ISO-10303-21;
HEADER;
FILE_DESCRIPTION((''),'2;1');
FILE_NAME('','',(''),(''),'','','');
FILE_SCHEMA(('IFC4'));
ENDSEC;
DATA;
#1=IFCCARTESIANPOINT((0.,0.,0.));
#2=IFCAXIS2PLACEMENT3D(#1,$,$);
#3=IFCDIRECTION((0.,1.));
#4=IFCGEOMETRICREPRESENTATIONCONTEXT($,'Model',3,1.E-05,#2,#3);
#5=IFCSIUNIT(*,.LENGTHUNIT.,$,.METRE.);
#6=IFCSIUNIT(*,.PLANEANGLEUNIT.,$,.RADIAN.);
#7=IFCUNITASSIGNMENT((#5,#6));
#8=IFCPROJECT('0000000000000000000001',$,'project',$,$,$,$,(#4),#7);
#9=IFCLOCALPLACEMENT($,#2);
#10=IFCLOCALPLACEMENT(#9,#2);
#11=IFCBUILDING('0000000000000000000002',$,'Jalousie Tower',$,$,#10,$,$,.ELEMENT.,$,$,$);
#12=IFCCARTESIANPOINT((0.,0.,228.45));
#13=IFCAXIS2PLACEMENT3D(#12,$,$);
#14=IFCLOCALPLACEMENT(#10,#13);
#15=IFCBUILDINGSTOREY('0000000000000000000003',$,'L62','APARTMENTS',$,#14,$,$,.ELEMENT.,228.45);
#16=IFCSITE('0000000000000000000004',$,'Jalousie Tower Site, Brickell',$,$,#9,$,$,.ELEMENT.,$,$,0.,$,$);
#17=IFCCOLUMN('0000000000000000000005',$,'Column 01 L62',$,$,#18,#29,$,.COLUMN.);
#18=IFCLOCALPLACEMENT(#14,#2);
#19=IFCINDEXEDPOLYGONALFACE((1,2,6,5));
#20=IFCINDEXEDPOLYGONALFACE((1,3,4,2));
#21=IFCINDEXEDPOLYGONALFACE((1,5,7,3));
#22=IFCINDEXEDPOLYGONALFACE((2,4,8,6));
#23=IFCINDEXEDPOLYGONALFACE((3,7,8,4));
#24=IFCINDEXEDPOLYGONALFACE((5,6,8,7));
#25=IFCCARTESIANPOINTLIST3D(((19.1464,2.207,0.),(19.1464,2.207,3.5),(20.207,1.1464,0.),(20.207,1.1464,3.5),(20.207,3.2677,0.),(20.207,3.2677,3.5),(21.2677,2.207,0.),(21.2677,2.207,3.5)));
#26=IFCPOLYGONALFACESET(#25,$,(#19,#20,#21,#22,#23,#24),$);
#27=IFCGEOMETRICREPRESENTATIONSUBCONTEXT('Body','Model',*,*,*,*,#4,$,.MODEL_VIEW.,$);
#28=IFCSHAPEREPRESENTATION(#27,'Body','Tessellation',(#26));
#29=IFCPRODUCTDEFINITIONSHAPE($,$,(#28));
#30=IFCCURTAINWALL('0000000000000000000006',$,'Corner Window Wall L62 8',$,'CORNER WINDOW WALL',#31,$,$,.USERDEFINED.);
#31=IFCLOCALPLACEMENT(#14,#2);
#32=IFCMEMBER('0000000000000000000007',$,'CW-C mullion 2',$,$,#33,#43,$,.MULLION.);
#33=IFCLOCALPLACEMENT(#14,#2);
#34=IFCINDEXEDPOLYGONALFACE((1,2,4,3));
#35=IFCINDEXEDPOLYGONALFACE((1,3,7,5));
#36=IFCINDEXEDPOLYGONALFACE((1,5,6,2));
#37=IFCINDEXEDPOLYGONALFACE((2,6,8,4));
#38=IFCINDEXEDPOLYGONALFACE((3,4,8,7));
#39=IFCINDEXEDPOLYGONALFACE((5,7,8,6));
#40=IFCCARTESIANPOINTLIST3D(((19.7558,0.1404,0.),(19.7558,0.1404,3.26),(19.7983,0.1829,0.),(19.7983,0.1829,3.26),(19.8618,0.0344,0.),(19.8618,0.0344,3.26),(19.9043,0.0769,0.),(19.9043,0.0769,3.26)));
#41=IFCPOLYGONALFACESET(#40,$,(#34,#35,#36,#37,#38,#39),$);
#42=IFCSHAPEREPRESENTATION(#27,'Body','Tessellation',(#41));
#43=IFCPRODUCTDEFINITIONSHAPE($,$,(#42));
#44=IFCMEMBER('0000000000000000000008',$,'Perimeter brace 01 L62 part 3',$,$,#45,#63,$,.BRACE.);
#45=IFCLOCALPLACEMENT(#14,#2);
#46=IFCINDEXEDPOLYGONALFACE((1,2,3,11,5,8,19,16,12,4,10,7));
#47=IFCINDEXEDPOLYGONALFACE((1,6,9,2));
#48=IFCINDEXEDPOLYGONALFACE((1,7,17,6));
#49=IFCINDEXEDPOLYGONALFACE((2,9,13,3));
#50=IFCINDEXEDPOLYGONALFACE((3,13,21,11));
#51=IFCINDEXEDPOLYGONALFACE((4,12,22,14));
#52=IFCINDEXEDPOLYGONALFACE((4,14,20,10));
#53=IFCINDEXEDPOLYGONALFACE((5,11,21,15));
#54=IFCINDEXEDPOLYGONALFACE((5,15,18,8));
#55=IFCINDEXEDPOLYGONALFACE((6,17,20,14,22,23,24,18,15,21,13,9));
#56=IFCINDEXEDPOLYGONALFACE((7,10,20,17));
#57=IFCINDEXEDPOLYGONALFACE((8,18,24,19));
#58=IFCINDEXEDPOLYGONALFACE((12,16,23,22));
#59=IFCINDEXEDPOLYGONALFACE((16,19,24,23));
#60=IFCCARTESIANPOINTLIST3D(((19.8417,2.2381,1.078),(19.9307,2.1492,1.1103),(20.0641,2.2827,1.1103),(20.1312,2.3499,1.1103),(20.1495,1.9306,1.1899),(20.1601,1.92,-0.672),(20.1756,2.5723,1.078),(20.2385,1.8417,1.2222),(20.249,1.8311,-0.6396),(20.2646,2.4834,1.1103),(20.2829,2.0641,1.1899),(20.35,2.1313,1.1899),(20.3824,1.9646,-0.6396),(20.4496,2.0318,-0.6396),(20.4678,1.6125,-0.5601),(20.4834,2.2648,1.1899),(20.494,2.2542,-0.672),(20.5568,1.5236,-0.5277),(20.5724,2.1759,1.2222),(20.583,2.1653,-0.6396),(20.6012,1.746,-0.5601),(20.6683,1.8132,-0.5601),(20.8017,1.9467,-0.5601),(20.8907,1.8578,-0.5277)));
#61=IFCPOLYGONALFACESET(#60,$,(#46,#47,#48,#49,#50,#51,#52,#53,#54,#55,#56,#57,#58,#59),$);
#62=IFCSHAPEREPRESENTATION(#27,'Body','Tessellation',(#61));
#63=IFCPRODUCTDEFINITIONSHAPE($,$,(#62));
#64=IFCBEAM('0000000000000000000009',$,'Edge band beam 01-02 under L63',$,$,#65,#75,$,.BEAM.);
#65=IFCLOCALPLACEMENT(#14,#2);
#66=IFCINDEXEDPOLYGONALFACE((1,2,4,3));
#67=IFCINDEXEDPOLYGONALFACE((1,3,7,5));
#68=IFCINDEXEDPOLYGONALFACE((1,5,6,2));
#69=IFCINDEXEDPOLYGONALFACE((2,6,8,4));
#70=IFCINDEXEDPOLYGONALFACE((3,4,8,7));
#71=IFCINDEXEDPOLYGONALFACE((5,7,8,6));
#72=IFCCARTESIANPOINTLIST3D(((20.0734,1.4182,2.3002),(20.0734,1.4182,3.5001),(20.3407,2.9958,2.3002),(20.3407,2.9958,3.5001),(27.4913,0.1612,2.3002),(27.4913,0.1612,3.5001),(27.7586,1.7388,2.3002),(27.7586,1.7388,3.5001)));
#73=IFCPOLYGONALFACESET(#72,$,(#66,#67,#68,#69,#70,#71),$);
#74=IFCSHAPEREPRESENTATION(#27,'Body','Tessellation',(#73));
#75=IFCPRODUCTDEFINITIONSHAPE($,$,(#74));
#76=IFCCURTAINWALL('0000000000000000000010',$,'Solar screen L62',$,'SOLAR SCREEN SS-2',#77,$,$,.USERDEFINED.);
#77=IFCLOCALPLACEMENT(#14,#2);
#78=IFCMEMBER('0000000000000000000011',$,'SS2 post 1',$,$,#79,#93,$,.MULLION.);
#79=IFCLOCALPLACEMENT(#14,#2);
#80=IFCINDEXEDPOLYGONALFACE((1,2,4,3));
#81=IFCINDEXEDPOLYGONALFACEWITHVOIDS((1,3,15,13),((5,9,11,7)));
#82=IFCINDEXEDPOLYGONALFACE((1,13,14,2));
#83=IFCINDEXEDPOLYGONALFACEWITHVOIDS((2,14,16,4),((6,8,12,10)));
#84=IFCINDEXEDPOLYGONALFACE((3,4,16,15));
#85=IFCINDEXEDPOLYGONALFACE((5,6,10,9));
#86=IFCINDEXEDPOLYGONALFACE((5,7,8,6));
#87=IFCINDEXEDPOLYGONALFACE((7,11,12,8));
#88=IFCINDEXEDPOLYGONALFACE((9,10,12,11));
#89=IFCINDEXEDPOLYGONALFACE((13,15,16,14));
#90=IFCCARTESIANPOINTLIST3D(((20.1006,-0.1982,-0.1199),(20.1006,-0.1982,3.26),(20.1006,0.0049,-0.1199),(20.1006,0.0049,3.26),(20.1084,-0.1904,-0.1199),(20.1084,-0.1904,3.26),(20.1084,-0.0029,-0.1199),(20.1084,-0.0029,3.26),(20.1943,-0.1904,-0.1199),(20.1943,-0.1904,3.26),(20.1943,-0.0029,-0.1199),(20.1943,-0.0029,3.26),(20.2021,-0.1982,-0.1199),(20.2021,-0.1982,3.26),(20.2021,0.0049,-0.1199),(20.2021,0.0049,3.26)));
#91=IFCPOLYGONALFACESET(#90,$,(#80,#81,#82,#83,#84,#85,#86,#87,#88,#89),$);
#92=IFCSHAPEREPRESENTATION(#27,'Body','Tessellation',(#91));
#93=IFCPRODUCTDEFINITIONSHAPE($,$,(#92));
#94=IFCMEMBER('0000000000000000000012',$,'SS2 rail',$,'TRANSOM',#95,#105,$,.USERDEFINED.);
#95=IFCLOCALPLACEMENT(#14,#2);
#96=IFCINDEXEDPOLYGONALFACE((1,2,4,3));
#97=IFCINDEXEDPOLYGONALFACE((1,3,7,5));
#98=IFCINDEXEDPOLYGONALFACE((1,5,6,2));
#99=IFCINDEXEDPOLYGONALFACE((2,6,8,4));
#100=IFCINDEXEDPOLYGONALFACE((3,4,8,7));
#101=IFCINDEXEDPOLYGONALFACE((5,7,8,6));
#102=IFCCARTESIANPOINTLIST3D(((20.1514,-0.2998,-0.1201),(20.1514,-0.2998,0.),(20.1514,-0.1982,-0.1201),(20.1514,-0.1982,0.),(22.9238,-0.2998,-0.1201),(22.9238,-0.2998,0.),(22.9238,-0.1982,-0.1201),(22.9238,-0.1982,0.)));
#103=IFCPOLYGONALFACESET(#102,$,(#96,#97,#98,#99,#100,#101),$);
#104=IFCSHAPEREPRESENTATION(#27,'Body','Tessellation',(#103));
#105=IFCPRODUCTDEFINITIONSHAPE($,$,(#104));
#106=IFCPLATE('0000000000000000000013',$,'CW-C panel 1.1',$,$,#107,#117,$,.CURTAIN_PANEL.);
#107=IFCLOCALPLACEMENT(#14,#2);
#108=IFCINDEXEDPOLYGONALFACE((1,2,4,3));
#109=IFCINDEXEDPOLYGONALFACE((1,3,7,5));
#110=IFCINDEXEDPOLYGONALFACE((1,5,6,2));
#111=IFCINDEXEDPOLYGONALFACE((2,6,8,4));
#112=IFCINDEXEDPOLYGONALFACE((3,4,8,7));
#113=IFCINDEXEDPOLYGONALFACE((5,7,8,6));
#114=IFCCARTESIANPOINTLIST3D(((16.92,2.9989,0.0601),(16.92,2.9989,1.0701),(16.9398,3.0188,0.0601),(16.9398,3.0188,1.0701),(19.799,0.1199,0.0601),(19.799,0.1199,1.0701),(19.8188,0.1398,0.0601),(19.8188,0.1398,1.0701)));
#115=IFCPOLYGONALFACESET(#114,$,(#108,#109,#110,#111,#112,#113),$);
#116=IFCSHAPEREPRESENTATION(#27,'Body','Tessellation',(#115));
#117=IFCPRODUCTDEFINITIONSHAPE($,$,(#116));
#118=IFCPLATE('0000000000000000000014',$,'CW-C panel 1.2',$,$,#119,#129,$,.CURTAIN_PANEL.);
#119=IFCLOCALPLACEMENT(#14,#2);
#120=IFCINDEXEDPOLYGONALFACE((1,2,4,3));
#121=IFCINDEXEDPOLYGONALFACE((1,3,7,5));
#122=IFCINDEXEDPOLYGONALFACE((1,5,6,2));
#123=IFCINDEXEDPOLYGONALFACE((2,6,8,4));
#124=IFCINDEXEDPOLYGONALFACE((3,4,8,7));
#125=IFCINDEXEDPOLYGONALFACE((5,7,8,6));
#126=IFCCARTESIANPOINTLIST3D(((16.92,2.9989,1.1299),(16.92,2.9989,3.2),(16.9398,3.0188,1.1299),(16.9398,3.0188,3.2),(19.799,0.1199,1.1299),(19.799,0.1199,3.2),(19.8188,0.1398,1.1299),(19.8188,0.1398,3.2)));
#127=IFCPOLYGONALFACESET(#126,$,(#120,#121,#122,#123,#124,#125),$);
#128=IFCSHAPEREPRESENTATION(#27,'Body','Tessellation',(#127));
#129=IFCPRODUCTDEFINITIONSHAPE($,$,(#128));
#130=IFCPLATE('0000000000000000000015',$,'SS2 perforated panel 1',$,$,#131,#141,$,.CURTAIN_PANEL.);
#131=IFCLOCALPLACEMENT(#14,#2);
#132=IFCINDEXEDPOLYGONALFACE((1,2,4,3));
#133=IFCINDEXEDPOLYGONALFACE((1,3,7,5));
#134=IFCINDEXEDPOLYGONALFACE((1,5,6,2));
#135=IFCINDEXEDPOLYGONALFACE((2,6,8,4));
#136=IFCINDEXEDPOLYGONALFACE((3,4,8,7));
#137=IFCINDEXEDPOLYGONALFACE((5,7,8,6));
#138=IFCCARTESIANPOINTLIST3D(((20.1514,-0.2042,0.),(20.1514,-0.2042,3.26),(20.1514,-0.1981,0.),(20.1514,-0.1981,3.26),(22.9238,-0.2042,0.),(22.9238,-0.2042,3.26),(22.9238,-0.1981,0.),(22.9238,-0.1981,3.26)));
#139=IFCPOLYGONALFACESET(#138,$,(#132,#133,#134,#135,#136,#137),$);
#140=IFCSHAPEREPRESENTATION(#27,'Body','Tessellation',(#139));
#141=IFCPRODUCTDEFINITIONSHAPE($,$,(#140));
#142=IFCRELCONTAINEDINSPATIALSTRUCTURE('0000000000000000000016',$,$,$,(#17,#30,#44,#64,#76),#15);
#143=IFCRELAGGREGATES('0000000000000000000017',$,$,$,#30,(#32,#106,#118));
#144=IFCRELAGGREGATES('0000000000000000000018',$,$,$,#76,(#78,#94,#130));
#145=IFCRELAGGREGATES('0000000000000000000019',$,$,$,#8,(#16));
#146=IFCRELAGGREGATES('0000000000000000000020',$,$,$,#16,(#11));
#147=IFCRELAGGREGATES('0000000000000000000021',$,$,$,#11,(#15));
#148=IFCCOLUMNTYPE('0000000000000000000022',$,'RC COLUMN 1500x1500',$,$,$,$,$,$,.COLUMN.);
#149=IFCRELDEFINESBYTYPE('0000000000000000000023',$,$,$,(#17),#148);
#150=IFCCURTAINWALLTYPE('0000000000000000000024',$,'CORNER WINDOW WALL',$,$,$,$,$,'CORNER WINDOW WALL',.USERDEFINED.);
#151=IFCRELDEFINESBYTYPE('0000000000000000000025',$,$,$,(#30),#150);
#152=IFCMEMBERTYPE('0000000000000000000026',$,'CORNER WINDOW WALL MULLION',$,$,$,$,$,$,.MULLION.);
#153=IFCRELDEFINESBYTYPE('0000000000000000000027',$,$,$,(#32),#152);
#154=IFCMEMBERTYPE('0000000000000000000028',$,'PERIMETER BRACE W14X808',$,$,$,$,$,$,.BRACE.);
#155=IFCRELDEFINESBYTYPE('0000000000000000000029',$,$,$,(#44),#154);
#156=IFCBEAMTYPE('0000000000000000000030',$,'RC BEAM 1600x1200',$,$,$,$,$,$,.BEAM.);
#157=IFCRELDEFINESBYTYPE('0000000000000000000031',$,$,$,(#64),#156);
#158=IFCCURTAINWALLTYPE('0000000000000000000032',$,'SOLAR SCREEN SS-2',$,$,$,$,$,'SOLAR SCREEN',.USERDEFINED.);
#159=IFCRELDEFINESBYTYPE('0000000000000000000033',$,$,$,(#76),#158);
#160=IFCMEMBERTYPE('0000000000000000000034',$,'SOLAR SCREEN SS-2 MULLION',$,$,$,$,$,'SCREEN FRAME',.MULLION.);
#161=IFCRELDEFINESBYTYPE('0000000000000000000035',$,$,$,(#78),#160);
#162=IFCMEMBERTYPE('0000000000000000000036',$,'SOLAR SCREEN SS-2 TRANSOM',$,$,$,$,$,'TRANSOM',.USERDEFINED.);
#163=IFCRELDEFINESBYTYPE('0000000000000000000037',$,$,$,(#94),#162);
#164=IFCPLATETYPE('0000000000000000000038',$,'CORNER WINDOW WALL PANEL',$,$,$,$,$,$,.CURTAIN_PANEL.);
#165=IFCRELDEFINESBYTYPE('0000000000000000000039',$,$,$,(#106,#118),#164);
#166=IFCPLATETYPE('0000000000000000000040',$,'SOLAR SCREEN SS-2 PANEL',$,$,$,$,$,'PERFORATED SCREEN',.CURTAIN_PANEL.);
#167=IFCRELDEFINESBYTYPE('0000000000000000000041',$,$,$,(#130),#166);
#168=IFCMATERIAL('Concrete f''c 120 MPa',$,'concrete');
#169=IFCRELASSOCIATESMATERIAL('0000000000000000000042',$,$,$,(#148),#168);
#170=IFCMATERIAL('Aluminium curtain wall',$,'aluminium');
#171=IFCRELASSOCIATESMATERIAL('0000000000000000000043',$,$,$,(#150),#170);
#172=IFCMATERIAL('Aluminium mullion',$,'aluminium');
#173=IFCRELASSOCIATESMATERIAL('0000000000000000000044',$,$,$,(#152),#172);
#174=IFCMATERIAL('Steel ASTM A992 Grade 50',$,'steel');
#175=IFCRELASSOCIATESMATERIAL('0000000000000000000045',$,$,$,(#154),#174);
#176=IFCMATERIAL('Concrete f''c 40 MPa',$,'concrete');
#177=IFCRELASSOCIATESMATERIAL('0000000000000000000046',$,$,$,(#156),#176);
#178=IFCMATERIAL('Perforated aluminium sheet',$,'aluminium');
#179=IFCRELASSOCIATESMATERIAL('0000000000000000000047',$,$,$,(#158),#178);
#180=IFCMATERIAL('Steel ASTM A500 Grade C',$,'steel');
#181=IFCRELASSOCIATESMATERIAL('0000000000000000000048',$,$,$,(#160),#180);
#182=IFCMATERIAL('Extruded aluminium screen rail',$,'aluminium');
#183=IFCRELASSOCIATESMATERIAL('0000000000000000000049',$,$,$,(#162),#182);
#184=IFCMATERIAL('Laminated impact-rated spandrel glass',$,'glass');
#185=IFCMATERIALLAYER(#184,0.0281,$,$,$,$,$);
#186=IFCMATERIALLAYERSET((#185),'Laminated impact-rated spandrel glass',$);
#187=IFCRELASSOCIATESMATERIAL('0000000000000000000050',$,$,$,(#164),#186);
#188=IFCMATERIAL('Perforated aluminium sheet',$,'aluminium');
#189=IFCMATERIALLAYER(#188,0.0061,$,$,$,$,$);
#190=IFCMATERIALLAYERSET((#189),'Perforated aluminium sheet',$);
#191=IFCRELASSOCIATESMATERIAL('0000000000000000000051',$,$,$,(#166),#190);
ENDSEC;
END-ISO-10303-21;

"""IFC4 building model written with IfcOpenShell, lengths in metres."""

from ifc_helpers import new_model, si_unit, direction, frame, origin, origin_2d, place, context, subcontext, project, spatial, rectangle, hollow_rectangle, i_section, extrude, material, layer, layer_set, material_profile, profile_set, type_object, element, aggregate, save


model = new_model("IFC4")

# Units and contexts
model_context = context("Model", 3, precision=1e-05, world=origin(), true_north=direction((0.0, 1.0)))
body_context = subcontext(model_context, "Body", "Model", "MODEL_VIEW")
ifc_project = project(units=[si_unit("LENGTHUNIT", "METRE"), si_unit("PLANEANGLEUNIT", "RADIAN")], contexts=[model_context])

# Site, building, storey
site_placement = place(None, origin())
site = spatial("IfcSite", under=ifc_project, at=site_placement, Name="Jalousie Tower Site, Brickell", CompositionType="ELEMENT", RefElevation=0.0)
building_placement = place(site_placement, origin())
building = spatial("IfcBuilding", under=site, at=building_placement, Name="Jalousie Tower", CompositionType="ELEMENT")
storey_placement = place(building_placement, frame((0.0, 0.0, 228.45)))
storey = spatial("IfcBuildingStorey", under=building, at=storey_placement, Name="L62", Description="APARTMENTS", CompositionType="ELEMENT", Elevation=228.45)

# Column
ifc_material_1 = material(Name="Concrete f'c 120 MPa", Category="concrete")
ifc_material_profile_1 = material_profile(ifc_material_1, rectangle(XDim=1.5, YDim=1.5, at=origin_2d()), Name="RC 1500x1500")
ifc_profile_set_1 = profile_set([ifc_material_profile_1], Name="Concrete f'c 120 MPa")
column_type = type_object("IfcColumnType", Name="RC COLUMN 1500x1500", PredefinedType="COLUMN", material=ifc_profile_set_1)
column_placement = place(storey_placement, frame((20.207, 2.207, 0.0), z_axis=(0.0, 0.0, 1.0), x_axis=(0.707107, 0.707107, 0.0)))
element("IfcColumn", 1, at=column_placement, inside=storey, type_object=column_type, Name="Column 01 L62", PredefinedType="COLUMN", context=body_context, shape_type="SweptSolid", body=[
    extrude(rectangle(XDim=1.5, YDim=1.5, at=origin_2d()), origin(), (0.0, 0.0, 1.0), 3.5),
])

# Curtain wall, member
ifc_material_2 = material(Name="Aluminium curtain wall", Category="aluminium")
curtain_wall_type_1 = type_object("IfcCurtainWallType", Name="CORNER WINDOW WALL", ElementType="CORNER WINDOW WALL", PredefinedType="USERDEFINED", material=ifc_material_2)
curtain_wall_1_placement = place(storey_placement, origin())
curtain_wall_1 = element("IfcCurtainWall", 2, at=curtain_wall_1_placement, inside=storey, type_object=curtain_wall_type_1, Name="Corner Window Wall L62 8", ObjectType="CORNER WINDOW WALL", PredefinedType="USERDEFINED")
ifc_material_3 = material(Name="Aluminium mullion", Category="aluminium")
ifc_material_profile_2 = material_profile(ifc_material_3, rectangle(XDim=0.0601, YDim=0.1499, at=origin_2d()), Name="MULLION 60x150")
ifc_profile_set_2 = profile_set([ifc_material_profile_2], Name="Aluminium mullion")
member_type_1 = type_object("IfcMemberType", Name="CORNER WINDOW WALL MULLION", PredefinedType="MULLION", material=ifc_profile_set_2)
member_1_placement = place(storey_placement, frame((19.8301, 0.1086, 0.0), z_axis=(0.0, 0.0, 1.0), x_axis=(0.707107, 0.707107, 0.0)))
member_1 = element("IfcMember", 3, at=member_1_placement, type_object=member_type_1, Name="CW-C mullion 2", PredefinedType="MULLION", context=body_context, shape_type="SweptSolid", body=[
    extrude(rectangle(XDim=0.0601, YDim=0.1499, at=origin_2d()), origin(), (0.0, 0.0, 1.0), 3.26),
])

# Member
ifc_material_4 = material(Name="Steel ASTM A992 Grade 50", Category="steel")
ifc_material_profile_3 = material_profile(ifc_material_4, i_section(OverallWidth=0.4724, OverallDepth=0.5791, WebThickness=0.095, FlangeThickness=0.1299, at=origin_2d()), Name="W14X808")
ifc_profile_set_3 = profile_set([ifc_material_profile_3], Name="Steel ASTM A992 Grade 50")
member_type_2 = type_object("IfcMemberType", Name="PERIMETER BRACE W14X808", PredefinedType="BRACE", material=ifc_profile_set_3)
member_2_placement = place(storey_placement, frame((20.5254, 1.8889, -0.5999), z_axis=(-0.176187, 0.176051, 0.968486), x_axis=(-0.706835, -0.707378, 0.0)))
element("IfcMember", 4, at=member_2_placement, inside=storey, type_object=member_type_2, Name="Perimeter brace 01 L62 part 3", PredefinedType="BRACE", context=body_context, shape_type="SweptSolid", body=[
    extrude(i_section(OverallWidth=0.4724, OverallDepth=0.5791, WebThickness=0.095, FlangeThickness=0.1299, at=origin_2d()), origin(), (0.0, 0.0, 1.0), 1.8069),
])

# Beam
ifc_material_5 = material(Name="Concrete f'c 40 MPa", Category="concrete")
ifc_material_profile_4 = material_profile(ifc_material_5, rectangle(XDim=1.6001, YDim=1.2, at=origin_2d()), Name="RC 1600x1200")
ifc_profile_set_4 = profile_set([ifc_material_profile_4], Name="Concrete f'c 40 MPa")
beam_type = type_object("IfcBeamType", Name="RC BEAM 1600x1200", PredefinedType="BEAM", material=ifc_profile_set_4)
beam_placement = place(storey_placement, frame((20.207, 2.207, 2.9001), z_axis=(0.985943, -0.167082, 0.0), x_axis=(0.167082, 0.985943, 0.0)))
element("IfcBeam", 5, at=beam_placement, inside=storey, type_object=beam_type, Name="Edge band beam 01-02 under L63", PredefinedType="BEAM", context=body_context, shape_type="SweptSolid", body=[
    extrude(rectangle(XDim=1.6001, YDim=1.2, at=origin_2d()), origin(), (0.0, 0.0, 1.0), 7.5237),
])

# Curtain wall, members
ifc_material_6 = material(Name="Perforated aluminium sheet", Category="aluminium")
curtain_wall_type_2 = type_object("IfcCurtainWallType", Name="SOLAR SCREEN SS-2", ElementType="SOLAR SCREEN", PredefinedType="USERDEFINED", material=ifc_material_6)
curtain_wall_2_placement = place(storey_placement, origin())
curtain_wall_2 = element("IfcCurtainWall", 6, at=curtain_wall_2_placement, inside=storey, type_object=curtain_wall_type_2, Name="Solar screen L62", ObjectType="SOLAR SCREEN SS-2", PredefinedType="USERDEFINED")
ifc_material_7 = material(Name="Steel ASTM A500 Grade C", Category="steel")
ifc_material_profile_5 = material_profile(ifc_material_7, hollow_rectangle(XDim=0.1016, YDim=0.2031, WallThickness=0.0078, at=origin_2d()), Name="HSS8X4X5/16")
ifc_profile_set_5 = profile_set([ifc_material_profile_5], Name="Steel ASTM A500 Grade C")
member_type_3 = type_object("IfcMemberType", Name="SOLAR SCREEN SS-2 MULLION", ElementType="SCREEN FRAME", PredefinedType="MULLION", material=ifc_profile_set_5)
member_3_placement = place(storey_placement, frame((20.1514, -0.0967, -0.1199), z_axis=(0.0, 0.0, 1.0), x_axis=(1.0, 0.0, 0.0)))
member_3 = element("IfcMember", 7, at=member_3_placement, type_object=member_type_3, Name="SS2 post 1", PredefinedType="MULLION", context=body_context, shape_type="SweptSolid", body=[
    extrude(hollow_rectangle(XDim=0.1016, YDim=0.2031, WallThickness=0.0078, at=origin_2d()), origin(), (0.0, 0.0, 1.0), 3.3799),
])
ifc_material_8 = material(Name="Extruded aluminium screen rail", Category="aluminium")
ifc_material_profile_6 = material_profile(ifc_material_8, rectangle(XDim=0.1016, YDim=0.1201, at=origin_2d()), Name="RAIL 102x120")
ifc_profile_set_6 = profile_set([ifc_material_profile_6], Name="Extruded aluminium screen rail")
member_type_4 = type_object("IfcMemberType", Name="SOLAR SCREEN SS-2 TRANSOM", ElementType="TRANSOM", PredefinedType="USERDEFINED", material=ifc_profile_set_6)
member_4_placement = place(storey_placement, frame((20.1514, -0.249, -0.0601), z_axis=(1.0, 0.0, 0.0), x_axis=(0.0, 1.0, 0.0)))
member_4 = element("IfcMember", 8, at=member_4_placement, type_object=member_type_4, Name="SS2 rail", ObjectType="TRANSOM", PredefinedType="USERDEFINED", context=body_context, shape_type="SweptSolid", body=[
    extrude(rectangle(XDim=0.1016, YDim=0.1201, at=origin_2d()), origin(), (0.0, 0.0, 1.0), 2.7725),
])

# Plates
ifc_material_9 = material(Name="Laminated impact-rated spandrel glass", Category="glass")
ifc_layer_1 = layer(ifc_material_9, 0.0281)
ifc_layer_set_1 = layer_set([ifc_layer_1], Name="Laminated impact-rated spandrel glass")
plate_type_1 = type_object("IfcPlateType", Name="CORNER WINDOW WALL PANEL", PredefinedType="CURTAIN_PANEL", material=ifc_layer_set_1)
plate_1_placement = place(storey_placement, frame((18.3694, 1.5693, 0.0601), z_axis=(0.0, 0.0, 1.0), x_axis=(0.707107, -0.707107, 0.0)))
plate_1 = element("IfcPlate", 9, at=plate_1_placement, type_object=plate_type_1, Name="CW-C panel 1.1", PredefinedType="CURTAIN_PANEL", context=body_context, shape_type="SweptSolid", body=[
    extrude(rectangle(XDim=4.0715, YDim=0.0281, at=origin_2d()), origin(), (0.0, 0.0, 1.0), 1.01),
])
plate_2_placement = place(storey_placement, frame((18.3694, 1.5693, 1.1299), z_axis=(0.0, 0.0, 1.0), x_axis=(0.707107, -0.707107, 0.0)))
plate_2 = element("IfcPlate", 10, at=plate_2_placement, type_object=plate_type_1, Name="CW-C panel 1.2", PredefinedType="CURTAIN_PANEL", context=body_context, shape_type="SweptSolid", body=[
    extrude(rectangle(XDim=4.0715, YDim=0.0281, at=origin_2d()), origin(), (0.0, 0.0, 1.0), 2.0701),
])
aggregate(curtain_wall_1, [member_1, plate_1, plate_2])
ifc_material_10 = material(Name="Perforated aluminium sheet", Category="aluminium")
ifc_layer_2 = layer(ifc_material_10, 0.0061)
ifc_layer_set_2 = layer_set([ifc_layer_2], Name="Perforated aluminium sheet")
plate_type_2 = type_object("IfcPlateType", Name="SOLAR SCREEN SS-2 PANEL", ElementType="PERFORATED SCREEN", PredefinedType="CURTAIN_PANEL", material=ifc_layer_set_2)
plate_3_placement = place(storey_placement, frame((21.5376, -0.2012, 0.0), z_axis=(0.0, 0.0, 1.0), x_axis=(1.0, 0.0, 0.0)))
plate_3 = element("IfcPlate", 11, at=plate_3_placement, type_object=plate_type_2, Name="SS2 perforated panel 1", PredefinedType="CURTAIN_PANEL", context=body_context, shape_type="SweptSolid", body=[
    extrude(rectangle(XDim=2.7725, YDim=0.0061, at=origin_2d()), origin(), (0.0, 0.0, 1.0), 3.26),
])
aggregate(curtain_wall_2, [member_3, member_4, plate_3])

save(model, "model.ifc")
